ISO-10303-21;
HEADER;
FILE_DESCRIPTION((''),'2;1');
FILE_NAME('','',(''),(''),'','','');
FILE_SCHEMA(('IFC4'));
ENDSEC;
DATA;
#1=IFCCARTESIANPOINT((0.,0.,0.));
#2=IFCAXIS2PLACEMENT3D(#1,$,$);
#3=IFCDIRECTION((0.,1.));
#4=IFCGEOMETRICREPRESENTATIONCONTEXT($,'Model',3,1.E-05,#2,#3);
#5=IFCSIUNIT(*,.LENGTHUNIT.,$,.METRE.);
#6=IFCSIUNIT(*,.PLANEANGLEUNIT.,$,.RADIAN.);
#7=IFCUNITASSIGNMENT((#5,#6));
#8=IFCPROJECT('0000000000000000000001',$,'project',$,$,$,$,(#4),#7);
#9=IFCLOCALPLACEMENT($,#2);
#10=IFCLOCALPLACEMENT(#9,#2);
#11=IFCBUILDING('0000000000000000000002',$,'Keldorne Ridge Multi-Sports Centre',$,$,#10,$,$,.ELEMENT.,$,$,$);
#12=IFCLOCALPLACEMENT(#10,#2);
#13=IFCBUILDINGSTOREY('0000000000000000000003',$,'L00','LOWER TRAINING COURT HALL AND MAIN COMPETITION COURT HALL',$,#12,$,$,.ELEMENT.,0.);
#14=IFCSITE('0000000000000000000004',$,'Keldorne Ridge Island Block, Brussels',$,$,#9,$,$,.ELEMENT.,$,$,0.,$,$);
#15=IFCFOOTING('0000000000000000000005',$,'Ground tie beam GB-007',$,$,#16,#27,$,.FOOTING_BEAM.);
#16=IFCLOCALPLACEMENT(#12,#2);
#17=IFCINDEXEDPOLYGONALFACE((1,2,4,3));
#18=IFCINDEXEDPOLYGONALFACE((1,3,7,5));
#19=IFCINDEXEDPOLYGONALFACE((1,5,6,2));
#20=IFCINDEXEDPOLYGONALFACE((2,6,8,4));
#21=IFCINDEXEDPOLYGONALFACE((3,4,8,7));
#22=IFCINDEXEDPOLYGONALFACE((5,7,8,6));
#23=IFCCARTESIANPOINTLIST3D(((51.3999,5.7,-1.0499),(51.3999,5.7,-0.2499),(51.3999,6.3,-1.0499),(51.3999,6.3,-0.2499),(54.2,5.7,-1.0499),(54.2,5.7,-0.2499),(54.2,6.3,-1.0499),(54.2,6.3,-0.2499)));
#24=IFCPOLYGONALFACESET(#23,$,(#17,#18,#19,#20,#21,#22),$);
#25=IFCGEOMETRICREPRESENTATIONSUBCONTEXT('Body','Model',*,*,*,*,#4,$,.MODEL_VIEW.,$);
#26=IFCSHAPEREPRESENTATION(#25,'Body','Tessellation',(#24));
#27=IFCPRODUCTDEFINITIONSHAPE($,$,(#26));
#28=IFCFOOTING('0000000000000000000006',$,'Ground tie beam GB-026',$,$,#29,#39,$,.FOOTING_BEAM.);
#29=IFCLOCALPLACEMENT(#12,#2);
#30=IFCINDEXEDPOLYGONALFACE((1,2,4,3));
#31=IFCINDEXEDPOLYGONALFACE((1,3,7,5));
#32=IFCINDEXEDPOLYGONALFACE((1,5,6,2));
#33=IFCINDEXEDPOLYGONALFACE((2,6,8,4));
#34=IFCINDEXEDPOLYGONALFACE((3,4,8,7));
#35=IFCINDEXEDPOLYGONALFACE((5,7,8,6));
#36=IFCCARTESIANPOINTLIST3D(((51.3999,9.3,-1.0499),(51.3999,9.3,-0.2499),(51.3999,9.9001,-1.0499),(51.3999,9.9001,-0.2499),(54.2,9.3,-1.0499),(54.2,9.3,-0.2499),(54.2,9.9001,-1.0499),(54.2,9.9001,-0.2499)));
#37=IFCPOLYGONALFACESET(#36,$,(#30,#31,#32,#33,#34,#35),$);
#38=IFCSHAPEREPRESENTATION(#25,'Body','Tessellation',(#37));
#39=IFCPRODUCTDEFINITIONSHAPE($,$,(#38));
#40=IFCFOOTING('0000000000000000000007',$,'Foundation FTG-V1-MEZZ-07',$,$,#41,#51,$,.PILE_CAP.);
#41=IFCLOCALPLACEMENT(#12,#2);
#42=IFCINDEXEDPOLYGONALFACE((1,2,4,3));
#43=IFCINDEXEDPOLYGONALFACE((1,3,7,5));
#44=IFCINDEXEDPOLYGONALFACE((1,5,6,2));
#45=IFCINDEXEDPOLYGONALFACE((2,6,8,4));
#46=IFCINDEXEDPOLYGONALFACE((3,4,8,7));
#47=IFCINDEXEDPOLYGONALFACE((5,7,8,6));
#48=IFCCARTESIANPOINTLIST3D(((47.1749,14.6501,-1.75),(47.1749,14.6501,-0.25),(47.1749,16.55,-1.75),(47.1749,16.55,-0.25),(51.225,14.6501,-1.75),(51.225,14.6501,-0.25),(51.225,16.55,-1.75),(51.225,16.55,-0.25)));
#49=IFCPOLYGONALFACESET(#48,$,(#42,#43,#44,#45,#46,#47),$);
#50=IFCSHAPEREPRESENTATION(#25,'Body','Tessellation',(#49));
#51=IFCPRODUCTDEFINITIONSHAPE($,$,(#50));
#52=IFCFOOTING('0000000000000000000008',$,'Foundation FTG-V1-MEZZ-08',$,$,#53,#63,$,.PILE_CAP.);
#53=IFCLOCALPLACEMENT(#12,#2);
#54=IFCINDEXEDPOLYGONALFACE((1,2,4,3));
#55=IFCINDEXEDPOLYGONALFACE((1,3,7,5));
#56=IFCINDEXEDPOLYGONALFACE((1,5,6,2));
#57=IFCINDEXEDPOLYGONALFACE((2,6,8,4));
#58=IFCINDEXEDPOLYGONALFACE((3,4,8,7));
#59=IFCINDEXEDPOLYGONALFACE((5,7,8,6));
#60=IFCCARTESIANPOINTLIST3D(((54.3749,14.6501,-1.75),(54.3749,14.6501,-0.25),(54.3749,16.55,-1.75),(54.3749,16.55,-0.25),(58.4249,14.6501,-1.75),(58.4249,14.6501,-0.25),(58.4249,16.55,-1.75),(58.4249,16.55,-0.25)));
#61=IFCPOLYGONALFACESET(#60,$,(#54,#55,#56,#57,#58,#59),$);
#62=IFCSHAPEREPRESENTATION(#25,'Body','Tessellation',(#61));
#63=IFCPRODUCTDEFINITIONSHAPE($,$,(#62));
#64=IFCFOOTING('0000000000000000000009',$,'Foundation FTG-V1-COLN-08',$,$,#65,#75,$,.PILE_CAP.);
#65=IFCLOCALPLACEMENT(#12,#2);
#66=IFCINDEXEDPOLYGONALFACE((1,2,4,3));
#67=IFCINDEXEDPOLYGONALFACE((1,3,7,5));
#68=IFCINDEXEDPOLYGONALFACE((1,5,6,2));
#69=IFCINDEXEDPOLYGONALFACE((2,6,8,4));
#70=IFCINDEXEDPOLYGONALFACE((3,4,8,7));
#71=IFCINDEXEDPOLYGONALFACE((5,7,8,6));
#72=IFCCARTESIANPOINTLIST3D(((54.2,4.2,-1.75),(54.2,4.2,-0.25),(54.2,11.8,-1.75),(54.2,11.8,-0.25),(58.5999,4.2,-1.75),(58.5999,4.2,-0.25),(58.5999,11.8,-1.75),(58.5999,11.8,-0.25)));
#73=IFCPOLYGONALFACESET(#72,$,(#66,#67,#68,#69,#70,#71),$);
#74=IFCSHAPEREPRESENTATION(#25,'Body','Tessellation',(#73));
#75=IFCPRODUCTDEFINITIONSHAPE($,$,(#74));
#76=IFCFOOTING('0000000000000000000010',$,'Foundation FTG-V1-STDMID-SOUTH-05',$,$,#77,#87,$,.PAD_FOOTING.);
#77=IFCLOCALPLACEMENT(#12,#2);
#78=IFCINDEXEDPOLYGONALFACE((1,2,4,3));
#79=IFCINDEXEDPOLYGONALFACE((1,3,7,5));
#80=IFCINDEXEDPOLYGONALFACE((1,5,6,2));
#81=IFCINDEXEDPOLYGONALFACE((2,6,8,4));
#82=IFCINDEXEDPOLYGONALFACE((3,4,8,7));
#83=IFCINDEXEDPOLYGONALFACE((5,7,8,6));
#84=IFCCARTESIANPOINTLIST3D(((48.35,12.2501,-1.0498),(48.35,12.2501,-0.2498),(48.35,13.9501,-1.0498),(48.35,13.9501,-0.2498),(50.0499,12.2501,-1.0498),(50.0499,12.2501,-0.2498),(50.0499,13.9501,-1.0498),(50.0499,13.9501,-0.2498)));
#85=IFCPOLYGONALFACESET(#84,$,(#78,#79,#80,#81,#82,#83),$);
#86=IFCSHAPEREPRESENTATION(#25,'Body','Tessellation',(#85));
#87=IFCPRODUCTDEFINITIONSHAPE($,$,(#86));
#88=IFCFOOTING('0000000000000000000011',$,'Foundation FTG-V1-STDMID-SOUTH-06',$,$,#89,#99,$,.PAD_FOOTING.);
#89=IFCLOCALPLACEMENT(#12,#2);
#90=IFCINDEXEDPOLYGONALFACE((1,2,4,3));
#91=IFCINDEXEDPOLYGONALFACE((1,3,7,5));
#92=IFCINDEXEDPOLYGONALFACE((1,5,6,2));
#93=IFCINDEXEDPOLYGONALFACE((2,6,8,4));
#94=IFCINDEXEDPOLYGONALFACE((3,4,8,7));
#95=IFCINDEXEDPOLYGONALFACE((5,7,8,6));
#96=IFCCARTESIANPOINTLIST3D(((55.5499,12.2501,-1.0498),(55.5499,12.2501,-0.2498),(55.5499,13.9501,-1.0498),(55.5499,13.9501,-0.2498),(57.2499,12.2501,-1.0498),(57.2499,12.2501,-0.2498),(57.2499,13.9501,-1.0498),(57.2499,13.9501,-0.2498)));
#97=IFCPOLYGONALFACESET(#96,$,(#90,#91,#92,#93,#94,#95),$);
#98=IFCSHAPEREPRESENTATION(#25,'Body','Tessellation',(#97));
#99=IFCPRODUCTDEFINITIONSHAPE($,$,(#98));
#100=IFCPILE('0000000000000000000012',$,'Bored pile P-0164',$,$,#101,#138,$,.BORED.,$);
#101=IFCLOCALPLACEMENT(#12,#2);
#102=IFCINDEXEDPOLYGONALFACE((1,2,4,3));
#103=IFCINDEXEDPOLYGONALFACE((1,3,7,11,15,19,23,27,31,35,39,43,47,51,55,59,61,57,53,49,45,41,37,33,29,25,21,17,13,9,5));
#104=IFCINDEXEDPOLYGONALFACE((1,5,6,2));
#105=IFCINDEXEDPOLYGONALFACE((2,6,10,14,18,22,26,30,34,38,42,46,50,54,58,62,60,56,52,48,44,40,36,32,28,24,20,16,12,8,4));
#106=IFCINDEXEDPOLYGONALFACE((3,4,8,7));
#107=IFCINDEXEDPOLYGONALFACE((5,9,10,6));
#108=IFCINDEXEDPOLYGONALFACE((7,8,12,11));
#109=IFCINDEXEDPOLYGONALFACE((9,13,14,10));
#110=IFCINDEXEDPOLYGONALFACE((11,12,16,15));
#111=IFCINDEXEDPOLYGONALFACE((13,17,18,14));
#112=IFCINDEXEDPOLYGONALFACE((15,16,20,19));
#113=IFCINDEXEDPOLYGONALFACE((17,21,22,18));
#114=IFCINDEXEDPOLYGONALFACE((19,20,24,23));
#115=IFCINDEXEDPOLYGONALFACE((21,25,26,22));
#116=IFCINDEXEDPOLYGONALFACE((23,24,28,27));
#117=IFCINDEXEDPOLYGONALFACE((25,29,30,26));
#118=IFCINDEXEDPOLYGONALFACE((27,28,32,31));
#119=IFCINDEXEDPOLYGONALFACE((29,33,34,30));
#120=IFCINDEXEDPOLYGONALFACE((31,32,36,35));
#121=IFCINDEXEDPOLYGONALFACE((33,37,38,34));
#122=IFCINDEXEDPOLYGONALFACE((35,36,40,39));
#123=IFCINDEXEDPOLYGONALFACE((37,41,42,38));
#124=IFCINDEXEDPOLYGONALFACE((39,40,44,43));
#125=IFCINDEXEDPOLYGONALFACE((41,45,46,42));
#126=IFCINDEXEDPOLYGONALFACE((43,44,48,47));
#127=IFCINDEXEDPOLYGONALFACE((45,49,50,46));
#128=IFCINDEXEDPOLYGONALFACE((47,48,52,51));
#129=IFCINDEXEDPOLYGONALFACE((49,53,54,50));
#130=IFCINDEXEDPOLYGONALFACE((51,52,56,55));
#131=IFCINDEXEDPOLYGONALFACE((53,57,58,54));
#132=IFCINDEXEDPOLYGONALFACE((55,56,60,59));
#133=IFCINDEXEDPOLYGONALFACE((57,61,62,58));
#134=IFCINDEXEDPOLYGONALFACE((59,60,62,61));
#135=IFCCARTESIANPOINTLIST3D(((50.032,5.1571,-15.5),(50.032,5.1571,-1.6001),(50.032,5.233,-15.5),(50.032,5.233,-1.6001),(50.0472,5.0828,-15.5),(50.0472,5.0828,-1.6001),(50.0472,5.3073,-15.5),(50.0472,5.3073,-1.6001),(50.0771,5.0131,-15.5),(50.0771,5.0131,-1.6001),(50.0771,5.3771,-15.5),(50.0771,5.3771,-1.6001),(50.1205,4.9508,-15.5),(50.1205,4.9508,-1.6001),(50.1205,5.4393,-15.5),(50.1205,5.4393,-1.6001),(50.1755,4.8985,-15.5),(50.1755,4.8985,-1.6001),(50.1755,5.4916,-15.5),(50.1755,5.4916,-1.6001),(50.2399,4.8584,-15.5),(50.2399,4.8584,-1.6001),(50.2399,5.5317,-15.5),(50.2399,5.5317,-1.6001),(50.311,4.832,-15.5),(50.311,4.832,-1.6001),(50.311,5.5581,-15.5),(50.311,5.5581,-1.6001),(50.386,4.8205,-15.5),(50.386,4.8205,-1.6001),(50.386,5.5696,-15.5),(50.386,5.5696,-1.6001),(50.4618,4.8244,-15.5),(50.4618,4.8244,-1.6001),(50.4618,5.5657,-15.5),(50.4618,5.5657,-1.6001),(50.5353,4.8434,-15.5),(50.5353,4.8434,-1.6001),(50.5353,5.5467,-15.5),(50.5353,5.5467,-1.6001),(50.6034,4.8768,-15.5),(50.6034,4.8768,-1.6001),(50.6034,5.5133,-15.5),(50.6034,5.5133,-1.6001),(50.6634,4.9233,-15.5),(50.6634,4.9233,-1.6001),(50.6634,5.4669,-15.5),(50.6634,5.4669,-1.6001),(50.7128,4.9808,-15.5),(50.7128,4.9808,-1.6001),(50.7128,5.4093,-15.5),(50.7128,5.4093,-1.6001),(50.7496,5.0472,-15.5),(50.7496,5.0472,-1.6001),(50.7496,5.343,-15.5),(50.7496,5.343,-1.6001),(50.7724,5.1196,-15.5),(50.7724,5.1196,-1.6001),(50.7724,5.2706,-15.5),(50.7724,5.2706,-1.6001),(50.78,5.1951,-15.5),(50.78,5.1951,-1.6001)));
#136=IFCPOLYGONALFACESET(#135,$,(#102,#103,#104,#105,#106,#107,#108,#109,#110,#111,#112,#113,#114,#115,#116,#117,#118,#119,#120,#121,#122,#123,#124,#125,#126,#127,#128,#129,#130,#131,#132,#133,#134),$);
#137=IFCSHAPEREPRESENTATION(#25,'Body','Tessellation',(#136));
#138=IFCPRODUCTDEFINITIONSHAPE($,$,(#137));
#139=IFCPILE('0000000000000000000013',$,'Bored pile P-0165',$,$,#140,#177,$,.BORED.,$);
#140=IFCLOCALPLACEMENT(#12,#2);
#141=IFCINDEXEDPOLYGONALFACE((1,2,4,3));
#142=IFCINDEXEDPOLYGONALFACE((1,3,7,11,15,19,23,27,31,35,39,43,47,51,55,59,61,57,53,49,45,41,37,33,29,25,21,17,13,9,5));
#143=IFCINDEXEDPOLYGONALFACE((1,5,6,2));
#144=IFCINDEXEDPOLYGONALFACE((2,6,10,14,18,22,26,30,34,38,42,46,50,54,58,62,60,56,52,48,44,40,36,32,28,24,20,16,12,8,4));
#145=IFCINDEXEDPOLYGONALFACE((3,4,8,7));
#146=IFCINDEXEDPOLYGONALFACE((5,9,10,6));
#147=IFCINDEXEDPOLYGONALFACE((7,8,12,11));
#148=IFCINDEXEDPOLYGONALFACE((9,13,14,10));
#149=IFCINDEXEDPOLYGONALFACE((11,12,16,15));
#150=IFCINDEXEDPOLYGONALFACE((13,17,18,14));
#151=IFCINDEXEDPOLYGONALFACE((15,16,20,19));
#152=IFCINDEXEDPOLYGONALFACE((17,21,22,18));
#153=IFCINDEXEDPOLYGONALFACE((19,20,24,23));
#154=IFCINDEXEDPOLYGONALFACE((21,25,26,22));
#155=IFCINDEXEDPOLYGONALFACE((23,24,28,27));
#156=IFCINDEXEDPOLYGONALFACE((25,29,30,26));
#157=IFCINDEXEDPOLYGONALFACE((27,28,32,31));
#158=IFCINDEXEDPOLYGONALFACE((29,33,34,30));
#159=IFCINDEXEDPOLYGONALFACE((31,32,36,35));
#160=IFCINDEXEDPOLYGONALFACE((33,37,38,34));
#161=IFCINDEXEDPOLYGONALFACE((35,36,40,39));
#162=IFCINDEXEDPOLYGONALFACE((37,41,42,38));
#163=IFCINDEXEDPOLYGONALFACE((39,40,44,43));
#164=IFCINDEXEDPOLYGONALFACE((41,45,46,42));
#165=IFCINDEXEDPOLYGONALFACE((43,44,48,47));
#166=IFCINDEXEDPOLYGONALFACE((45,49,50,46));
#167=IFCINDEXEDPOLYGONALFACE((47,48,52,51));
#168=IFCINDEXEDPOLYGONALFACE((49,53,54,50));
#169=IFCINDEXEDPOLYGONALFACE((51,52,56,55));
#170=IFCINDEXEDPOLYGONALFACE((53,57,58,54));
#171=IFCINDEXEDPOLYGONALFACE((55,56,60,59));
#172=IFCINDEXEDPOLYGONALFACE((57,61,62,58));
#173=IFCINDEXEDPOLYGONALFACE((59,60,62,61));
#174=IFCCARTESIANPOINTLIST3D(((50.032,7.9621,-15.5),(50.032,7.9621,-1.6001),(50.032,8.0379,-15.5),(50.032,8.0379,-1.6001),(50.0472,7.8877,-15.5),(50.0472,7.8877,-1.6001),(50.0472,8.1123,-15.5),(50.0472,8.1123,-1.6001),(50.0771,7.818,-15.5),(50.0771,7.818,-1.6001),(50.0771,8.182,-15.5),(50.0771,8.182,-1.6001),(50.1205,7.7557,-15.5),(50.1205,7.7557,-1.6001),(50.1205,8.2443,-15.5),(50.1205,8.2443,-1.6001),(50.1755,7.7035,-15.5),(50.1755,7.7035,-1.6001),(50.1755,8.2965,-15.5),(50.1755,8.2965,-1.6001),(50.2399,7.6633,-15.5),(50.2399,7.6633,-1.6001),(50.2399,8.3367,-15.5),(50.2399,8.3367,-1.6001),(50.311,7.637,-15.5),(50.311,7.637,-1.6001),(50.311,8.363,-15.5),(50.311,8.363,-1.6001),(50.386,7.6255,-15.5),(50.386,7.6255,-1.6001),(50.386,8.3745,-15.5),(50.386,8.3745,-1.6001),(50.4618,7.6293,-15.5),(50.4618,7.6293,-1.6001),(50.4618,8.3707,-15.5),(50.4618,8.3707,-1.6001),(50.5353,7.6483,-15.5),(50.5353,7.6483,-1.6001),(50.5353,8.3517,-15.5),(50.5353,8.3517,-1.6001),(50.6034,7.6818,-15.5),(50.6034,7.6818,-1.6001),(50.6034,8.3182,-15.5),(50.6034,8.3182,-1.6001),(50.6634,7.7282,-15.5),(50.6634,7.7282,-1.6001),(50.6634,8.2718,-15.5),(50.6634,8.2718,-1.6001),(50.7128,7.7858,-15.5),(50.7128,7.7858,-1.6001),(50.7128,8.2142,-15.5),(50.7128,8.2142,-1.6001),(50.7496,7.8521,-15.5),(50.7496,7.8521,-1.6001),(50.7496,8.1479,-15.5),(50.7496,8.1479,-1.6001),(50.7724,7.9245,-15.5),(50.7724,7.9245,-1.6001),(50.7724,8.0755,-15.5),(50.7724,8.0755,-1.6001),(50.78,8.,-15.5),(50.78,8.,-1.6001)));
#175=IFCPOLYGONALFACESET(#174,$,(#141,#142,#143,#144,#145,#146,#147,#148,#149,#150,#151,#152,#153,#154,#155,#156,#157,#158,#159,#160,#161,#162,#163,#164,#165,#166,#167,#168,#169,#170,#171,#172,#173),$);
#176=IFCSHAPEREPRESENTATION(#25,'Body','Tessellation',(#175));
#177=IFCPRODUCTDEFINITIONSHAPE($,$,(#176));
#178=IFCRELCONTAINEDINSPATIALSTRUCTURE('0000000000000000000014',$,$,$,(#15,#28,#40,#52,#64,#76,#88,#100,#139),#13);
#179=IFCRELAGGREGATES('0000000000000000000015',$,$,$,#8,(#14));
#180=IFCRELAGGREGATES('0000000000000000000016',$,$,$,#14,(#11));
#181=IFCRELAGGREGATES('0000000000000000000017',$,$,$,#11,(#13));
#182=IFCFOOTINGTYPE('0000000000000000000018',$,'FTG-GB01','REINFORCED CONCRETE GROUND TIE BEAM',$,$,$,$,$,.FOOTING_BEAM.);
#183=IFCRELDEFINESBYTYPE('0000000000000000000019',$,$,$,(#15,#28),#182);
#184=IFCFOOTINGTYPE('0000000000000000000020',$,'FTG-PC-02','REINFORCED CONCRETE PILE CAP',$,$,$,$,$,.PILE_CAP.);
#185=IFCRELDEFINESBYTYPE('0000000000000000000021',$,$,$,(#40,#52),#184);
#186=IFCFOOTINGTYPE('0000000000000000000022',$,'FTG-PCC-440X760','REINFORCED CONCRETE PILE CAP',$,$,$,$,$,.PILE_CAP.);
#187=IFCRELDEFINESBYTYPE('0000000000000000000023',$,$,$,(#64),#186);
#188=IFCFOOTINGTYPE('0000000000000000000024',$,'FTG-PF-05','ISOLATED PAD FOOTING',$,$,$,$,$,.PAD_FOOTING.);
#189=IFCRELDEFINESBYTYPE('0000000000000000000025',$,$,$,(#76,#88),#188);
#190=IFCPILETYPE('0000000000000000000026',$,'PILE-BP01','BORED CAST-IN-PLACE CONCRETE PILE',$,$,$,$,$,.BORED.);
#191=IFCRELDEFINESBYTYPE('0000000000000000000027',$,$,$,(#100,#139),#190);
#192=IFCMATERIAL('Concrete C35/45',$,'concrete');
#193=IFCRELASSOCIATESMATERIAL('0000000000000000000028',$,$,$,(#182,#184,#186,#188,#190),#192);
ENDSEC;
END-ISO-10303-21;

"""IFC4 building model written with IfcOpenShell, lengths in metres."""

from ifc_helpers import new_model, si_unit, direction, frame, origin, origin_2d, place, context, subcontext, project, spatial, rectangle, circle, extrude, material, material_profile, profile_set, type_object, element, save


model = new_model("IFC4")

# Units and contexts
model_context = context("Model", 3, precision=1e-05, world=origin(), true_north=direction((0.0, 1.0)))
body_context = subcontext(model_context, "Body", "Model", "MODEL_VIEW")
ifc_project = project(units=[si_unit("LENGTHUNIT", "METRE"), si_unit("PLANEANGLEUNIT", "RADIAN")], contexts=[model_context])

# Site, building, storey
site_placement = place(None, origin())
site = spatial("IfcSite", under=ifc_project, at=site_placement, Name="Keldorne Ridge Island Block, Brussels", CompositionType="ELEMENT", RefElevation=0.0)
building_placement = place(site_placement, origin())
building = spatial("IfcBuilding", under=site, at=building_placement, Name="Keldorne Ridge Multi-Sports Centre", CompositionType="ELEMENT")
storey_placement = place(building_placement, origin())
storey = spatial("IfcBuildingStorey", under=building, at=storey_placement, Name="L00", Description="LOWER TRAINING COURT HALL AND MAIN COMPETITION COURT HALL", CompositionType="ELEMENT", Elevation=0.0)

# Footings
ifc_material_1 = material(Name="Concrete C35/45", Category="concrete")
ifc_material_profile_1 = material_profile(ifc_material_1, rectangle(XDim=0.6001, YDim=0.8, at=origin_2d()), Name="GB 600x800")
ifc_profile_set_1 = profile_set([ifc_material_profile_1], Name="Concrete C35/45")
footing_type_1 = type_object("IfcFootingType", Name="FTG-GB01", Description="REINFORCED CONCRETE GROUND TIE BEAM", PredefinedType="FOOTING_BEAM", material=ifc_profile_set_1)
for number, where, z_axis, x_axis, name in (
    (1, (51.3999, 6.0, -0.6499), (1.0, 0.0, 0.0), (0.0, 1.0, 0.0), "Ground tie beam GB-007"),
    (2, (51.3999, 9.6001, -0.6499), (1.0, 0.0, 0.0), (0.0, 1.0, 0.0), "Ground tie beam GB-026"),
):
    element("IfcFooting", number, at=place(storey_placement, frame(where, z_axis=z_axis, x_axis=x_axis)), inside=storey, type_object=footing_type_1, Name=name, PredefinedType="FOOTING_BEAM", context=body_context, shape_type="SweptSolid", body=[
        extrude(rectangle(XDim=0.6001, YDim=0.8, at=origin_2d()), origin(), (0.0, 0.0, 1.0), 2.8),
    ])
footing_type_2 = type_object("IfcFootingType", Name="FTG-PC-02", Description="REINFORCED CONCRETE PILE CAP", PredefinedType="PILE_CAP", material=ifc_material_1)
for number, where, z_axis, x_axis, name in (
    (3, (49.2, 15.6001, -1.75), (0.0, 0.0, 1.0), (1.0, 0.0, 0.0), "Foundation FTG-V1-MEZZ-07"),
    (4, (56.3999, 15.6001, -1.75), (0.0, 0.0, 1.0), (1.0, 0.0, 0.0), "Foundation FTG-V1-MEZZ-08"),
):
    element("IfcFooting", number, at=place(storey_placement, frame(where, z_axis=z_axis, x_axis=x_axis)), inside=storey, type_object=footing_type_2, Name=name, PredefinedType="PILE_CAP", context=body_context, shape_type="SweptSolid", body=[
        extrude(rectangle(XDim=4.05, YDim=1.8999, at=origin_2d()), origin(), (0.0, 0.0, 1.0), 1.5),
    ])
footing_type_3 = type_object("IfcFootingType", Name="FTG-PCC-440X760", Description="REINFORCED CONCRETE PILE CAP", PredefinedType="PILE_CAP", material=ifc_material_1)
footing_placement = place(storey_placement, frame((56.3999, 8.0, -1.75), z_axis=(0.0, 0.0, 1.0), x_axis=(1.0, 0.0, 0.0)))
element("IfcFooting", 5, at=footing_placement, inside=storey, type_object=footing_type_3, Name="Foundation FTG-V1-COLN-08", PredefinedType="PILE_CAP", context=body_context, shape_type="SweptSolid", body=[
    extrude(rectangle(XDim=4.3999, YDim=7.6001, at=origin_2d()), origin(), (0.0, 0.0, 1.0), 1.5),
])
footing_type_4 = type_object("IfcFootingType", Name="FTG-PF-05", Description="ISOLATED PAD FOOTING", PredefinedType="PAD_FOOTING", material=ifc_material_1)
for number, where, z_axis, x_axis, name in (
    (6, (49.2, 13.1001, -1.0498), (0.0, 0.0, 1.0), (1.0, 0.0, 0.0), "Foundation FTG-V1-STDMID-SOUTH-05"),
    (7, (56.3999, 13.1001, -1.0498), (0.0, 0.0, 1.0), (1.0, 0.0, 0.0), "Foundation FTG-V1-STDMID-SOUTH-06"),
):
    element("IfcFooting", number, at=place(storey_placement, frame(where, z_axis=z_axis, x_axis=x_axis)), inside=storey, type_object=footing_type_4, Name=name, PredefinedType="PAD_FOOTING", context=body_context, shape_type="SweptSolid", body=[
        extrude(rectangle(XDim=1.7, YDim=1.7, at=origin_2d()), origin(), (0.0, 0.0, 1.0), 0.8),
    ])

# Piles
ifc_material_profile_2 = material_profile(ifc_material_1, circle(Radius=0.375, at=origin_2d()), Name="BORED PILE D750")
ifc_profile_set_2 = profile_set([ifc_material_profile_2], Name="Concrete C35/45")
pile_type = type_object("IfcPileType", Name="PILE-BP01", Description="BORED CAST-IN-PLACE CONCRETE PILE", PredefinedType="BORED", material=ifc_profile_set_2)
for number, where, z_axis, x_axis, name in (
    (8, (50.405, 5.1951, -1.6001), (0.0, 0.0, -1.0), (1.0, 0.0, 0.0), "Bored pile P-0164"),
    (9, (50.405, 8.0, -1.6001), (0.0, 0.0, -1.0), (1.0, 0.0, 0.0), "Bored pile P-0165"),
):
    element("IfcPile", number, at=place(storey_placement, frame(where, z_axis=z_axis, x_axis=x_axis)), inside=storey, type_object=pile_type, Name=name, PredefinedType="BORED", context=body_context, shape_type="SweptSolid", body=[
        extrude(circle(Radius=0.375, at=origin_2d()), origin(), (0.0, 0.0, 1.0), 13.8999),
    ])

save(model, "model.ifc")
